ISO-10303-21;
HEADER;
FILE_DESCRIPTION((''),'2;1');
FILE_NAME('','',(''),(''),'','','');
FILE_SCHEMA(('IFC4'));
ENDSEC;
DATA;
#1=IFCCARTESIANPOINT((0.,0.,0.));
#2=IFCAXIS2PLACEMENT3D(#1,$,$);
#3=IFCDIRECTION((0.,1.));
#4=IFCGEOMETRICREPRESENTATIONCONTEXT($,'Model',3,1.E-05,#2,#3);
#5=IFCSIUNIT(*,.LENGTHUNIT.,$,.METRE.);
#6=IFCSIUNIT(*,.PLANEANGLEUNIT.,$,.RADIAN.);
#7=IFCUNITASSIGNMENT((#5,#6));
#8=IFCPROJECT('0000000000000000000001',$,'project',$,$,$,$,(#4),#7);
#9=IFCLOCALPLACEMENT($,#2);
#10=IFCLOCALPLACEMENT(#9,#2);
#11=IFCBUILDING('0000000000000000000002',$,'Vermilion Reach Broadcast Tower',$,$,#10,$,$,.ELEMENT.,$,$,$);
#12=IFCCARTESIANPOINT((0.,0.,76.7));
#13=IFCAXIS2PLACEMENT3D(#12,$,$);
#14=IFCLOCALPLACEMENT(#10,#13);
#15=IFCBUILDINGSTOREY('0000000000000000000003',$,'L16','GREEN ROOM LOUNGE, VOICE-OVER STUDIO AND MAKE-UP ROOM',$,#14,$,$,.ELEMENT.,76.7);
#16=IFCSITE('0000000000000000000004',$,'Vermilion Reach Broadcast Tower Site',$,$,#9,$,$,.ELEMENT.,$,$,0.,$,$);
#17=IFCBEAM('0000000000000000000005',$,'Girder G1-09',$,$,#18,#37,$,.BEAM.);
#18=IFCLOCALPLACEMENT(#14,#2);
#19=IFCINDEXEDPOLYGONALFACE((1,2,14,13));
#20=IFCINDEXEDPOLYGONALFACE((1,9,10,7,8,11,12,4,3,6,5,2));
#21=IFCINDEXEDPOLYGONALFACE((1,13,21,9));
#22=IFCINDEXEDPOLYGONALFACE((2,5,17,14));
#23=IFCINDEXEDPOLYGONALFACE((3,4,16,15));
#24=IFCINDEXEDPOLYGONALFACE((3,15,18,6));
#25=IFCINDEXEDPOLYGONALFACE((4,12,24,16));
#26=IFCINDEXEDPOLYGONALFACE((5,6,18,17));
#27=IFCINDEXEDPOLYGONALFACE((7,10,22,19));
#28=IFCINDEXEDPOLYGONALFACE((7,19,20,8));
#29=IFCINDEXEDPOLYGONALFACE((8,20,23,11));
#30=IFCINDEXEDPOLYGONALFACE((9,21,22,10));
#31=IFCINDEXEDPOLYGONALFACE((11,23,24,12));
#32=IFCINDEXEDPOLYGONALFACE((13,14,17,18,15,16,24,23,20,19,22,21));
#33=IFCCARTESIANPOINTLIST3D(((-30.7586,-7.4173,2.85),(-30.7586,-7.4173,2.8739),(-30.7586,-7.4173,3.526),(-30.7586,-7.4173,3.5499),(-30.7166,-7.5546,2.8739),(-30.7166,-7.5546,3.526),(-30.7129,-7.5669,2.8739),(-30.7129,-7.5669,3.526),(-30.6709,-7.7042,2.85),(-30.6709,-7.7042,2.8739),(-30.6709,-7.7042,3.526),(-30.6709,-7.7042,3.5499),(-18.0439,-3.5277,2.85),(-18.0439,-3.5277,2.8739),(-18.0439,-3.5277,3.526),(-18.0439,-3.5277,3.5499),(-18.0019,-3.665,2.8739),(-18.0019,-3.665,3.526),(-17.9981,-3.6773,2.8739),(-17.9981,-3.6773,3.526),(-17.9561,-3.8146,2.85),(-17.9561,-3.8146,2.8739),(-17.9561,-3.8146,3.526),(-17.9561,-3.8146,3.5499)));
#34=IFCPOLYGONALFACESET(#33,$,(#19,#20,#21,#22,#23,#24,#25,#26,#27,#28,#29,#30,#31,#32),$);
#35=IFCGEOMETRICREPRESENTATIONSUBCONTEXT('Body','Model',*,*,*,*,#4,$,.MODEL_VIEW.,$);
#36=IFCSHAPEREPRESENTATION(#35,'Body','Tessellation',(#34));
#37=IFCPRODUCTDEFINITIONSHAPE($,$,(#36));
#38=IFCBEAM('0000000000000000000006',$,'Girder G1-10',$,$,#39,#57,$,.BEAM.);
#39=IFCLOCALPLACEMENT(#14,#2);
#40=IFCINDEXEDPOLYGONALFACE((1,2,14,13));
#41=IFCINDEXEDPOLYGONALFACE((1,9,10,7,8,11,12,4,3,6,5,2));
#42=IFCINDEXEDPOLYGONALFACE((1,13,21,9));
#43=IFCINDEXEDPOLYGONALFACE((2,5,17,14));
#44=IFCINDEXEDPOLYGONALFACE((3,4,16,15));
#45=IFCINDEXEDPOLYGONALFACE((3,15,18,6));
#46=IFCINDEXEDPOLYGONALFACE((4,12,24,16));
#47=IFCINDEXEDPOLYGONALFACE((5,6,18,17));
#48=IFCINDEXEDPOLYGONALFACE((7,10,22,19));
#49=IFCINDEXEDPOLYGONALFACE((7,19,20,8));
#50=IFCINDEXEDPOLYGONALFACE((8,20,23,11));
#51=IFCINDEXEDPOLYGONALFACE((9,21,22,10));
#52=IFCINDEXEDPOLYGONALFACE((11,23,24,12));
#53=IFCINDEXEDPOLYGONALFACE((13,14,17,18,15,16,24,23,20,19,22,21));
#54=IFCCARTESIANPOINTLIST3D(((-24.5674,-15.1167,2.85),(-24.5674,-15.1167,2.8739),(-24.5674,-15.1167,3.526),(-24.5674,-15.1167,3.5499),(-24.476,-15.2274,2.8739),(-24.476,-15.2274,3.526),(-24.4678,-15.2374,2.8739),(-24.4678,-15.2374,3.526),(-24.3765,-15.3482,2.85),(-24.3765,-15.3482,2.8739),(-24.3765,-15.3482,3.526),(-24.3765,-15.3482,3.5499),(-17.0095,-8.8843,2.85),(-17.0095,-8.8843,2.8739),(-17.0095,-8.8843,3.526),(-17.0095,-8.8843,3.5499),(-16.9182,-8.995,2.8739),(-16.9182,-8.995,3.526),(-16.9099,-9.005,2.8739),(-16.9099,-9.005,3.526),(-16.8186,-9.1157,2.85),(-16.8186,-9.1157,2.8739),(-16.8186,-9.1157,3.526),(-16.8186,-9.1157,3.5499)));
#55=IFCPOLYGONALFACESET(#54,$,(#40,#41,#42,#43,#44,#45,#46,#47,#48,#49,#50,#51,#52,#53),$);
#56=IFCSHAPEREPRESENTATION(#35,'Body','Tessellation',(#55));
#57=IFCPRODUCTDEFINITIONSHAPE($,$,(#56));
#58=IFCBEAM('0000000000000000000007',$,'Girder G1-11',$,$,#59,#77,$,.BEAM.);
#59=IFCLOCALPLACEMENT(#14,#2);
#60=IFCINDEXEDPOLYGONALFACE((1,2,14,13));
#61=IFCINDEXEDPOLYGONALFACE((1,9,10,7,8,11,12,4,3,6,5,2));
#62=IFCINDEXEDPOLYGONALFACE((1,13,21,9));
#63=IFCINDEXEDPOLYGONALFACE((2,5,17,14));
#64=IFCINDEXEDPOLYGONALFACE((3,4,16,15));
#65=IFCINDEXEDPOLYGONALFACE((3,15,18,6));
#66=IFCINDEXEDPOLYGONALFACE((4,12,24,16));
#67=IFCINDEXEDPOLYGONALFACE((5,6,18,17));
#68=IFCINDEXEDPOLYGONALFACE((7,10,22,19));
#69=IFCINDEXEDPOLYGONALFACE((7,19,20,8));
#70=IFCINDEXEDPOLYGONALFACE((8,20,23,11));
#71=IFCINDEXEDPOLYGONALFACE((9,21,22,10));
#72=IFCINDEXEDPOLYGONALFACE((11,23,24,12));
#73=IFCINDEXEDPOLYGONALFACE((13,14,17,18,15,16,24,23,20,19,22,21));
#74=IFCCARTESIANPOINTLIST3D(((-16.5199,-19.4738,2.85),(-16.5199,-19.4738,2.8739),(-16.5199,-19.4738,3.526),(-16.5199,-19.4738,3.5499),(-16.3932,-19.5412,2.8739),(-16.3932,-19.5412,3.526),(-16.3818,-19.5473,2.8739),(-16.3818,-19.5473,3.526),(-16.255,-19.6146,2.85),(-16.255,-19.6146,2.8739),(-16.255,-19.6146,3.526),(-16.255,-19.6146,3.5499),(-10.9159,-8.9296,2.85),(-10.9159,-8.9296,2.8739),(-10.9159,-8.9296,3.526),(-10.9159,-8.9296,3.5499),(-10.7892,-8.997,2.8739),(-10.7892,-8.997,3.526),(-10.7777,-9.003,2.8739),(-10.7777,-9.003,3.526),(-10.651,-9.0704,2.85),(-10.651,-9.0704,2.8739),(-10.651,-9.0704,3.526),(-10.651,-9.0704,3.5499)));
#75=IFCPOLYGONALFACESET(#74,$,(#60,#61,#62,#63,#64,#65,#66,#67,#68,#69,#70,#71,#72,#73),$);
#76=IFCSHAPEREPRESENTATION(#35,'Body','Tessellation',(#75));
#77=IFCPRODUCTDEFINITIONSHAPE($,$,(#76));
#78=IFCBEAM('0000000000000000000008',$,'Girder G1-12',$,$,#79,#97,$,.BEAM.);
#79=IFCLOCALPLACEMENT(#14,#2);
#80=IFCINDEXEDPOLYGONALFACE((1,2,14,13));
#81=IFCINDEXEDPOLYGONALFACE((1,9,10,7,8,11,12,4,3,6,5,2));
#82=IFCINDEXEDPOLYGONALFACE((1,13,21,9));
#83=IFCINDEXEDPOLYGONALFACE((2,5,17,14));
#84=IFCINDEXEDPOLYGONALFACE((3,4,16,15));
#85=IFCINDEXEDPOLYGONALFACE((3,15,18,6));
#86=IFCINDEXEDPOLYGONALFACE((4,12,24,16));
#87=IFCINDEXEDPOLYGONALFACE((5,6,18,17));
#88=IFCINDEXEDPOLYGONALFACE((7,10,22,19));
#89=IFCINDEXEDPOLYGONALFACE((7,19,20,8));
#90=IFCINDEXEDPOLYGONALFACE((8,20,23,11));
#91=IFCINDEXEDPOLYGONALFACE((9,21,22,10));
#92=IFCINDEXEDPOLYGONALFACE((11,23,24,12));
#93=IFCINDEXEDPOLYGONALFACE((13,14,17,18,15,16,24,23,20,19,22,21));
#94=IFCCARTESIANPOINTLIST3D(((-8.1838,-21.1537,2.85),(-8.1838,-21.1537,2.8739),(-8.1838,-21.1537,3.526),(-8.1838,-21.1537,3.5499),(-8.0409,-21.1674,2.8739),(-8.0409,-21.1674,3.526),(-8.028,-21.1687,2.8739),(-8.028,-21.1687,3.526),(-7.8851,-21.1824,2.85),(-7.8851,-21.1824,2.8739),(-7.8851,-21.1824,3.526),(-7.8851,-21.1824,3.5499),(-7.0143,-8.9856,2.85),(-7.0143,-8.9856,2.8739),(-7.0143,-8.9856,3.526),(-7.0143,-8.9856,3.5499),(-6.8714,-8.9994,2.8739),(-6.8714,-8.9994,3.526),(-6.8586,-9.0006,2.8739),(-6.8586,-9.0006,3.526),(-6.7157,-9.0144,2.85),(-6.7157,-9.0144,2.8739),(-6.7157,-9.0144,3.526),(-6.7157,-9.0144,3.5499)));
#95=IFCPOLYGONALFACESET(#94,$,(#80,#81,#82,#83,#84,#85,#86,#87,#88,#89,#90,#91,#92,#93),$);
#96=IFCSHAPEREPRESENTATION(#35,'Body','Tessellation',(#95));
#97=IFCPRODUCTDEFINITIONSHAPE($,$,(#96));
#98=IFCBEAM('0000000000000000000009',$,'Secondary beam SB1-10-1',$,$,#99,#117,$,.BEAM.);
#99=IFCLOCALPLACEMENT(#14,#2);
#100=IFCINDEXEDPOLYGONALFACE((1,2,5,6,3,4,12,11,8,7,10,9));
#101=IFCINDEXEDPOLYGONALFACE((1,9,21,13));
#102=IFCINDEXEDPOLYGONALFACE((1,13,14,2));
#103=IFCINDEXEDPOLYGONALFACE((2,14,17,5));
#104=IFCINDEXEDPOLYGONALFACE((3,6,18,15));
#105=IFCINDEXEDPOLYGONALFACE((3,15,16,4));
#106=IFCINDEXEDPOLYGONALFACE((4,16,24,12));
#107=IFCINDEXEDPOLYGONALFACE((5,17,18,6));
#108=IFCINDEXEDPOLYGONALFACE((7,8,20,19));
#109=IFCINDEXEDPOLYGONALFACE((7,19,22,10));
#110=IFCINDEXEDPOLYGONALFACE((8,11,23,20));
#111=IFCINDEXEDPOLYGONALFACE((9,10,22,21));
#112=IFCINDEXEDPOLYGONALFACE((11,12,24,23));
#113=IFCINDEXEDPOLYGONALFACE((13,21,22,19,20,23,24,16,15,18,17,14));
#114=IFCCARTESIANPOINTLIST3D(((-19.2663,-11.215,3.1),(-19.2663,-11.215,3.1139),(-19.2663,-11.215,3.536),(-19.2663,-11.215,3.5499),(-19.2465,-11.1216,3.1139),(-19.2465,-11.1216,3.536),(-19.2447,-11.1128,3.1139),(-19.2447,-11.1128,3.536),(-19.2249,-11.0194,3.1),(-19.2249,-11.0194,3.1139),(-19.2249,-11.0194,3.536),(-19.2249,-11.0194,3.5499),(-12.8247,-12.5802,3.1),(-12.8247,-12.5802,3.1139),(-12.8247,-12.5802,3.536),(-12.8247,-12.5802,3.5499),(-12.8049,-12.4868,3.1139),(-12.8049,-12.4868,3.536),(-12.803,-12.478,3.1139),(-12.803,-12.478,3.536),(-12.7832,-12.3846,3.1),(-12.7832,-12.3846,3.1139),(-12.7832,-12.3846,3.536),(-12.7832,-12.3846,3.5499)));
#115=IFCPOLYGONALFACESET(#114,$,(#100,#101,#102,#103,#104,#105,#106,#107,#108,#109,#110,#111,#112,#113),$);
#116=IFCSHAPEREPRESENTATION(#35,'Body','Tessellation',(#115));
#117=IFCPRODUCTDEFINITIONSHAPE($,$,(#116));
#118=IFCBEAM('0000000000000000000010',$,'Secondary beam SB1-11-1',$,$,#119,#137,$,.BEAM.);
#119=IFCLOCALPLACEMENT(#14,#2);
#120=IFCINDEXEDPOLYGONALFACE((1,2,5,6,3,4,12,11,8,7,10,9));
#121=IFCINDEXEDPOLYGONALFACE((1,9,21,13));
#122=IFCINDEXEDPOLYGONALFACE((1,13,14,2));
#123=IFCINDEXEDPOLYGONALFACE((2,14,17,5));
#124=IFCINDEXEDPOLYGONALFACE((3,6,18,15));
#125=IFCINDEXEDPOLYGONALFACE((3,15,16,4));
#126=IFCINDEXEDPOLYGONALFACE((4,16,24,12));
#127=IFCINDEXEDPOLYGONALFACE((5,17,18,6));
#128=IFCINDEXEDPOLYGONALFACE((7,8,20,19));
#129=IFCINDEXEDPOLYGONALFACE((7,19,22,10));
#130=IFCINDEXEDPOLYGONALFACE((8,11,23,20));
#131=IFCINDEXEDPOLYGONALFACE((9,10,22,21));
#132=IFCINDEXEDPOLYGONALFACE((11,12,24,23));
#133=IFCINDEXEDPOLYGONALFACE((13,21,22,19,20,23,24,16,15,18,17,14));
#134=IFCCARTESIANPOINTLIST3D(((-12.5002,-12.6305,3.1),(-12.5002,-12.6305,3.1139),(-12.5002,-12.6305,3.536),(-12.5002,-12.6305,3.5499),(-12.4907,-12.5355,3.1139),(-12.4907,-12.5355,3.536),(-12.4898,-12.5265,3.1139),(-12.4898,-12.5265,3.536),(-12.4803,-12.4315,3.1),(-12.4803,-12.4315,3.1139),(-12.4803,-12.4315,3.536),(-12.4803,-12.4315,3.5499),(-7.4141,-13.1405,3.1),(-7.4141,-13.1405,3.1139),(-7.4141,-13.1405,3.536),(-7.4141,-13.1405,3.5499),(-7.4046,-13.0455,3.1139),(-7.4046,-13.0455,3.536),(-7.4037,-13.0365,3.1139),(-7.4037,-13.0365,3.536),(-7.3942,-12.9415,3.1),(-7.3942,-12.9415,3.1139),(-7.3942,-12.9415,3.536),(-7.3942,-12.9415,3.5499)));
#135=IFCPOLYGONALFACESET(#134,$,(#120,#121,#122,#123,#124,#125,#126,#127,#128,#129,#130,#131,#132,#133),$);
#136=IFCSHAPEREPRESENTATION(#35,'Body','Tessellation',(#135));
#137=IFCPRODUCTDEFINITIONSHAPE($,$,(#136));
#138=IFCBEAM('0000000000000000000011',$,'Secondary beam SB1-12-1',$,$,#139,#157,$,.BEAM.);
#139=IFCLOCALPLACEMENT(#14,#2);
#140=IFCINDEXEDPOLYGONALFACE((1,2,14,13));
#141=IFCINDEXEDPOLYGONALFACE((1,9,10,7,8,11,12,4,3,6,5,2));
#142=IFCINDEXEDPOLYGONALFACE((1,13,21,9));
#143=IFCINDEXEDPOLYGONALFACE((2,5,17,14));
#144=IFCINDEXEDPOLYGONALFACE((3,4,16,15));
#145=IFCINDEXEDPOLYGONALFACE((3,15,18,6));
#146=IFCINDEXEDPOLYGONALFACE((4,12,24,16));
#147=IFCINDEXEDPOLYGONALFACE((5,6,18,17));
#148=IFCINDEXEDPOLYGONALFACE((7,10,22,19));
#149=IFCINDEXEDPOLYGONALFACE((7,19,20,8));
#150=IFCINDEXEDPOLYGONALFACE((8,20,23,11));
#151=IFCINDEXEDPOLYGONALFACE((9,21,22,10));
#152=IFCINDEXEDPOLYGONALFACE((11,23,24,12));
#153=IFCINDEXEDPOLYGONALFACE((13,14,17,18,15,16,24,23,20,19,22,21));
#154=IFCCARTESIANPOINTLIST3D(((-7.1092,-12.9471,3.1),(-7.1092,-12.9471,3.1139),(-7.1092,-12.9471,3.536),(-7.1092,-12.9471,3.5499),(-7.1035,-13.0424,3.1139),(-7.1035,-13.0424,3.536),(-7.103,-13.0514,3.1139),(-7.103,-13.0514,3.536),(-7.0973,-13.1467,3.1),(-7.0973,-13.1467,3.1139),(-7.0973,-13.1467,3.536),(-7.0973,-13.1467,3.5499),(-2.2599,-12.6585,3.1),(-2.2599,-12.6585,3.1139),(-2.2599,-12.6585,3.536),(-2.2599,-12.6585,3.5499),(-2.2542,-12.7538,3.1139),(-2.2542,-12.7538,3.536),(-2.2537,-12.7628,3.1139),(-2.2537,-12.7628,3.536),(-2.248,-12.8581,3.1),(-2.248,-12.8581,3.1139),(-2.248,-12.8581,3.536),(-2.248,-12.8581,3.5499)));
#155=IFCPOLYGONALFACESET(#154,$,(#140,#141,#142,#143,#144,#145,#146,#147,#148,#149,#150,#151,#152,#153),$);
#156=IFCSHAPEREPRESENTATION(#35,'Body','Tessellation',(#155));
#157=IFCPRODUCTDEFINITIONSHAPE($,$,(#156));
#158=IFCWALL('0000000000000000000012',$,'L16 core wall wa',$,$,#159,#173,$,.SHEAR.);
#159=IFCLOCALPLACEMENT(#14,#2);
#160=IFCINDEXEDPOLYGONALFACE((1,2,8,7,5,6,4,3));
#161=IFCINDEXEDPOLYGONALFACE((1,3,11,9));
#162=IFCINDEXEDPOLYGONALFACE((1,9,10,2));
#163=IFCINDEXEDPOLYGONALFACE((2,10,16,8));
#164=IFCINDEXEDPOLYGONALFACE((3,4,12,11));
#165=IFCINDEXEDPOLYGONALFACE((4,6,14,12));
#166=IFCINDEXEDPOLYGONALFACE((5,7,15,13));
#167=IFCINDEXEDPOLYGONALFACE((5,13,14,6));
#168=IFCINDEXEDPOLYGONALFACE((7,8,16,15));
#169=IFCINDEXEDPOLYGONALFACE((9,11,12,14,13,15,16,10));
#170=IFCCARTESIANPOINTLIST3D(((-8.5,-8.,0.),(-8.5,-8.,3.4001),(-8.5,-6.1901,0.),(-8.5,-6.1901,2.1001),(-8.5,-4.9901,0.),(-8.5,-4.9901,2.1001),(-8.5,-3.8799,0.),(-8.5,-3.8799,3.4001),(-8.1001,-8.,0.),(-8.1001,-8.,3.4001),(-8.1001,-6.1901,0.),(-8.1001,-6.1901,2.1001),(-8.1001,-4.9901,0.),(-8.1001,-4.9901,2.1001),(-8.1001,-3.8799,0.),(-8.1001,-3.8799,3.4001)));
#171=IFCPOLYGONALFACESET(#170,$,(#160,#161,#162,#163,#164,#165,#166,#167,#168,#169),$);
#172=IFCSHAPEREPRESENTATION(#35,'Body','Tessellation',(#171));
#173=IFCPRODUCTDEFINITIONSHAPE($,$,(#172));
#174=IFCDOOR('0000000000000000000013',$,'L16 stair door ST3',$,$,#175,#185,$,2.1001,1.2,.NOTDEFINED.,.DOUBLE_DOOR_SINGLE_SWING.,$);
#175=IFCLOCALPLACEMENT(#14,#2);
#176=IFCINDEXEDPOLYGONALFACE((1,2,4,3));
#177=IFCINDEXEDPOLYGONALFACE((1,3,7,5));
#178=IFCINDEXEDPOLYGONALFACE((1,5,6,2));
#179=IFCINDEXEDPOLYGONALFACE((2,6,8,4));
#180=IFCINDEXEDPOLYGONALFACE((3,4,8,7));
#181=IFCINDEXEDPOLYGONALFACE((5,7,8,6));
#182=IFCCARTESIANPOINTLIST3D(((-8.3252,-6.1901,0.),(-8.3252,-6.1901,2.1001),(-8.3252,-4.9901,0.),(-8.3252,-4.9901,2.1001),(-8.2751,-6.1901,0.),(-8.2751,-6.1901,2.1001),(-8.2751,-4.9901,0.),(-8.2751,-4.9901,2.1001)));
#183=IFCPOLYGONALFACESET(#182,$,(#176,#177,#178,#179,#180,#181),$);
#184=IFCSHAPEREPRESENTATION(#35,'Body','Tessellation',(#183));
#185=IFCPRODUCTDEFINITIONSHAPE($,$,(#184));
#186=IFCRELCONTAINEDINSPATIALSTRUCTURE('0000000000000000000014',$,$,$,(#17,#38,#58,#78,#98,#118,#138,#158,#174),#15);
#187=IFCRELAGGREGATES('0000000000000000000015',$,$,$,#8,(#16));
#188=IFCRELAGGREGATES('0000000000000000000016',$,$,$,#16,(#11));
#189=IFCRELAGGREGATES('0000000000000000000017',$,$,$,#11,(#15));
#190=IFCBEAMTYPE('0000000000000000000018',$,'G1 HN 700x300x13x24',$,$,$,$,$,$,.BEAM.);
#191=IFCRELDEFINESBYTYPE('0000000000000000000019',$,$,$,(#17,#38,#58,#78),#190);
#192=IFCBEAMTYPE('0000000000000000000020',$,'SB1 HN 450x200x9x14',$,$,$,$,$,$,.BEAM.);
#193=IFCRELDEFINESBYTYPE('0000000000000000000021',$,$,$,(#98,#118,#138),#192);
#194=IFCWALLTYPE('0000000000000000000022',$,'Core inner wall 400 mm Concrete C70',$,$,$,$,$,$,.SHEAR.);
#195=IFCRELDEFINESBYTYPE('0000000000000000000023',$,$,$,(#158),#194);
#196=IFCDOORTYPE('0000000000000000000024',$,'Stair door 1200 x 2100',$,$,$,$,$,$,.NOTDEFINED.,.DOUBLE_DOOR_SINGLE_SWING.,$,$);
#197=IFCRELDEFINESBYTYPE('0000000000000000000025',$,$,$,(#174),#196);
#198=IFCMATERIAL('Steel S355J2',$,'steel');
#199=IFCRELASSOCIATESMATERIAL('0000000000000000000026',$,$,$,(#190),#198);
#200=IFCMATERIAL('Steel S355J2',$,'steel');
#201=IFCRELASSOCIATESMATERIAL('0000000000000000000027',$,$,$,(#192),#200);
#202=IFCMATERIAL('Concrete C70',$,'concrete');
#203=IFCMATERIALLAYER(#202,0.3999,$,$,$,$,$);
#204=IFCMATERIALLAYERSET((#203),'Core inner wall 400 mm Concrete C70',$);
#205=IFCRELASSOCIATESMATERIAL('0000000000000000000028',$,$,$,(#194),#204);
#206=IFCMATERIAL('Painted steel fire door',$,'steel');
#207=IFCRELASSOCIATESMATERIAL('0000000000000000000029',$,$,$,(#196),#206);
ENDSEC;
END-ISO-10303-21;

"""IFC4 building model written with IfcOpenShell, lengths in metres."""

from ifc_helpers import new_model, si_unit, direction, frame, frame_2d, origin, origin_2d, place, context, subcontext, project, spatial, rectangle, i_section, extrude, material, layer, layer_set, material_profile, profile_set, type_object, element, fill, save


model = new_model("IFC4")

# Units and contexts
model_context = context("Model", 3, precision=1e-05, world=origin(), true_north=direction((0.0, 1.0)))
body_context = subcontext(model_context, "Body", "Model", "MODEL_VIEW")
ifc_project = project(units=[si_unit("LENGTHUNIT", "METRE"), si_unit("PLANEANGLEUNIT", "RADIAN")], contexts=[model_context])

# Site, building, storey
site_placement = place(None, origin())
site = spatial("IfcSite", under=ifc_project, at=site_placement, Name="Vermilion Reach Broadcast Tower Site", CompositionType="ELEMENT", RefElevation=0.0)
building_placement = place(site_placement, origin())
building = spatial("IfcBuilding", under=site, at=building_placement, Name="Vermilion Reach Broadcast Tower", CompositionType="ELEMENT")
storey_placement = place(building_placement, frame((0.0, 0.0, 76.7)))
storey = spatial("IfcBuildingStorey", under=building, at=storey_placement, Name="L16", Description="GREEN ROOM LOUNGE, VOICE-OVER STUDIO AND MAKE-UP ROOM", CompositionType="ELEMENT", Elevation=76.7)

# Beams
ifc_material_1 = material(Name="Steel S355J2", Category="steel")
ifc_material_profile_1 = material_profile(ifc_material_1, i_section(OverallWidth=0.3, OverallDepth=0.7, WebThickness=0.0129, FlangeThickness=0.0239, at=origin_2d()), Name="S355J2 HN 700x300x13x24")
ifc_profile_set_1 = profile_set([ifc_material_profile_1], Name="Steel S355J2")
beam_type_1 = type_object("IfcBeamType", Name="G1 HN 700x300x13x24", PredefinedType="BEAM", material=ifc_profile_set_1)
beam_1_placement = place(storey_placement, frame((-18.0, -3.6711, 3.2), z_axis=(-0.956256, -0.292532, 0.0), x_axis=(0.292532, -0.956256, 0.0)))
element("IfcBeam", 1, at=beam_1_placement, inside=storey, type_object=beam_type_1, Name="Girder G1-09", PredefinedType="BEAM", context=body_context, shape_type="SweptSolid", body=[
    extrude(i_section(OverallWidth=0.3, OverallDepth=0.7, WebThickness=0.0129, FlangeThickness=0.0239, at=origin_2d()), origin(), (0.0, 0.0, 1.0), 13.2964),
])
beam_2_placement = place(storey_placement, frame((-16.9141, -9.0, 3.2), z_axis=(-0.771514, -0.636212, 0.0), x_axis=(0.636212, -0.771514, 0.0)))
element("IfcBeam", 2, at=beam_2_placement, inside=storey, type_object=beam_type_1, Name="Girder G1-10", PredefinedType="BEAM", context=body_context, shape_type="SweptSolid", body=[
    extrude(i_section(OverallWidth=0.3, OverallDepth=0.7, WebThickness=0.0129, FlangeThickness=0.0239, at=origin_2d()), origin(), (0.0, 0.0, 1.0), 9.7961),
])
beam_3_placement = place(storey_placement, frame((-10.7834, -9.0, 3.2), z_axis=(-0.469312, -0.883032, 0.0), x_axis=(0.883032, -0.469312, 0.0)))
element("IfcBeam", 3, at=beam_3_placement, inside=storey, type_object=beam_type_1, Name="Girder G1-11", PredefinedType="BEAM", context=body_context, shape_type="SweptSolid", body=[
    extrude(i_section(OverallWidth=0.3, OverallDepth=0.7, WebThickness=0.0129, FlangeThickness=0.0239, at=origin_2d()), origin(), (0.0, 0.0, 1.0), 11.9409),
])
beam_4_placement = place(storey_placement, frame((-6.865, -9.0, 3.2), z_axis=(-0.095667, -0.995413, 0.0), x_axis=(0.995413, -0.095667, 0.0)))
element("IfcBeam", 4, at=beam_4_placement, inside=storey, type_object=beam_type_1, Name="Girder G1-12", PredefinedType="BEAM", context=body_context, shape_type="SweptSolid", body=[
    extrude(i_section(OverallWidth=0.3, OverallDepth=0.7, WebThickness=0.0129, FlangeThickness=0.0239, at=origin_2d()), origin(), (0.0, 0.0, 1.0), 12.2241),
])
ifc_material_2 = material(Name="Steel S355J2", Category="steel")
ifc_material_profile_2 = material_profile(ifc_material_2, i_section(OverallWidth=0.2, OverallDepth=0.45, WebThickness=0.009, FlangeThickness=0.0139, at=origin_2d()), Name="S355J2 HN 450x200x9x14")
ifc_profile_set_2 = profile_set([ifc_material_profile_2], Name="Steel S355J2")
beam_type_2 = type_object("IfcBeamType", Name="SB1 HN 450x200x9x14", PredefinedType="BEAM", material=ifc_profile_set_2)
beam_5_placement = place(storey_placement, frame((-19.2456, -11.1172, 3.325), z_axis=(0.97827, -0.207333, 0.0), x_axis=(0.207333, 0.97827, 0.0)))
element("IfcBeam", 5, at=beam_5_placement, inside=storey, type_object=beam_type_2, Name="Secondary beam SB1-10-1", PredefinedType="BEAM", context=body_context, shape_type="SweptSolid", body=[
    extrude(i_section(OverallWidth=0.2, OverallDepth=0.45, WebThickness=0.009, FlangeThickness=0.0139, at=origin_2d()), origin(), (0.0, 0.0, 1.0), 6.5847),
])
beam_6_placement = place(storey_placement, frame((-12.4902, -12.531, 3.325), z_axis=(0.99501, -0.099773, 0.0), x_axis=(0.099773, 0.99501, 0.0)))
element("IfcBeam", 6, at=beam_6_placement, inside=storey, type_object=beam_type_2, Name="Secondary beam SB1-11-1", PredefinedType="BEAM", context=body_context, shape_type="SweptSolid", body=[
    extrude(i_section(OverallWidth=0.2, OverallDepth=0.45, WebThickness=0.009, FlangeThickness=0.0139, at=origin_2d()), origin(), (0.0, 0.0, 1.0), 5.1116),
])
beam_7_placement = place(storey_placement, frame((-7.1033, -13.0469, 3.325), z_axis=(0.998234, 0.059403, 0.0), x_axis=(-0.059403, 0.998234, 0.0)))
element("IfcBeam", 7, at=beam_7_placement, inside=storey, type_object=beam_type_2, Name="Secondary beam SB1-12-1", PredefinedType="BEAM", context=body_context, shape_type="SweptSolid", body=[
    extrude(i_section(OverallWidth=0.2, OverallDepth=0.45, WebThickness=0.009, FlangeThickness=0.0139, at=origin_2d()), origin(), (0.0, 0.0, 1.0), 4.8579),
])

# Wall, opening, door
ifc_material_3 = material(Name="Concrete C70", Category="concrete")
ifc_layer_1 = layer(ifc_material_3, 0.3999)
ifc_layer_set_1 = layer_set([ifc_layer_1], Name="Core inner wall 400 mm Concrete C70")
wall_type_1 = type_object("IfcWallType", Name="Core inner wall 400 mm Concrete C70", PredefinedType="SHEAR", material=ifc_layer_set_1)
wall_1_placement = place(storey_placement, frame((-8.3, -3.8799, 0.0), z_axis=(0.0, 0.0, 1.0), x_axis=(0.0, -1.0, 0.0)))
wall_1 = element("IfcWall", 8, at=wall_1_placement, inside=storey, type_object=wall_type_1, Name="L16 core wall wa", PredefinedType="SHEAR", context=body_context, shape_type="SweptSolid", body=[
    extrude(rectangle(XDim=4.1201, YDim=0.3999, at=frame_2d((2.0601, 0.0))), origin(), (0.0, 0.0, 1.0), 3.4001),
])
opening_1_placement = place(wall_1_placement, frame((1.1101, 0.0, 0.0)))
opening_1 = element("IfcOpeningElement", 9, at=opening_1_placement, cuts=wall_1, PredefinedType="OPENING", context=body_context, shape_type="SweptSolid", body=[
    extrude(rectangle(XDim=1.2, YDim=2.1001, at=frame_2d((0.6001, 1.05))), frame((0.0, 0.21, 0.0), z_axis=(0.0, -1.0, 0.0), x_axis=(1.0, 0.0, 0.0)), (0.0, 0.0, 1.0), 0.4199),
])
ifc_material_4 = material(Name="Painted steel fire door", Category="steel")
door_type_1 = type_object("IfcDoorType", Name="Stair door 1200 x 2100", OperationType="DOUBLE_DOOR_SINGLE_SWING", PredefinedType="NOTDEFINED", material=ifc_material_4)
door_1_placement = place(opening_1_placement, origin())
door_1 = element("IfcDoor", 10, at=door_1_placement, inside=storey, type_object=door_type_1, Name="L16 stair door ST3", OperationType="DOUBLE_DOOR_SINGLE_SWING", OverallHeight=2.1001, OverallWidth=1.2, PredefinedType="NOTDEFINED", context=body_context, shape_type="SweptSolid", body=[
    extrude(rectangle(XDim=1.2, YDim=2.1001, at=frame_2d((0.6001, 1.05))), frame((0.0, 0.0249, 0.0), z_axis=(0.0, -1.0, 0.0), x_axis=(1.0, 0.0, 0.0)), (0.0, 0.0, 1.0), 0.05),
])
fill(opening_1, door_1)

save(model, "model.ifc")
